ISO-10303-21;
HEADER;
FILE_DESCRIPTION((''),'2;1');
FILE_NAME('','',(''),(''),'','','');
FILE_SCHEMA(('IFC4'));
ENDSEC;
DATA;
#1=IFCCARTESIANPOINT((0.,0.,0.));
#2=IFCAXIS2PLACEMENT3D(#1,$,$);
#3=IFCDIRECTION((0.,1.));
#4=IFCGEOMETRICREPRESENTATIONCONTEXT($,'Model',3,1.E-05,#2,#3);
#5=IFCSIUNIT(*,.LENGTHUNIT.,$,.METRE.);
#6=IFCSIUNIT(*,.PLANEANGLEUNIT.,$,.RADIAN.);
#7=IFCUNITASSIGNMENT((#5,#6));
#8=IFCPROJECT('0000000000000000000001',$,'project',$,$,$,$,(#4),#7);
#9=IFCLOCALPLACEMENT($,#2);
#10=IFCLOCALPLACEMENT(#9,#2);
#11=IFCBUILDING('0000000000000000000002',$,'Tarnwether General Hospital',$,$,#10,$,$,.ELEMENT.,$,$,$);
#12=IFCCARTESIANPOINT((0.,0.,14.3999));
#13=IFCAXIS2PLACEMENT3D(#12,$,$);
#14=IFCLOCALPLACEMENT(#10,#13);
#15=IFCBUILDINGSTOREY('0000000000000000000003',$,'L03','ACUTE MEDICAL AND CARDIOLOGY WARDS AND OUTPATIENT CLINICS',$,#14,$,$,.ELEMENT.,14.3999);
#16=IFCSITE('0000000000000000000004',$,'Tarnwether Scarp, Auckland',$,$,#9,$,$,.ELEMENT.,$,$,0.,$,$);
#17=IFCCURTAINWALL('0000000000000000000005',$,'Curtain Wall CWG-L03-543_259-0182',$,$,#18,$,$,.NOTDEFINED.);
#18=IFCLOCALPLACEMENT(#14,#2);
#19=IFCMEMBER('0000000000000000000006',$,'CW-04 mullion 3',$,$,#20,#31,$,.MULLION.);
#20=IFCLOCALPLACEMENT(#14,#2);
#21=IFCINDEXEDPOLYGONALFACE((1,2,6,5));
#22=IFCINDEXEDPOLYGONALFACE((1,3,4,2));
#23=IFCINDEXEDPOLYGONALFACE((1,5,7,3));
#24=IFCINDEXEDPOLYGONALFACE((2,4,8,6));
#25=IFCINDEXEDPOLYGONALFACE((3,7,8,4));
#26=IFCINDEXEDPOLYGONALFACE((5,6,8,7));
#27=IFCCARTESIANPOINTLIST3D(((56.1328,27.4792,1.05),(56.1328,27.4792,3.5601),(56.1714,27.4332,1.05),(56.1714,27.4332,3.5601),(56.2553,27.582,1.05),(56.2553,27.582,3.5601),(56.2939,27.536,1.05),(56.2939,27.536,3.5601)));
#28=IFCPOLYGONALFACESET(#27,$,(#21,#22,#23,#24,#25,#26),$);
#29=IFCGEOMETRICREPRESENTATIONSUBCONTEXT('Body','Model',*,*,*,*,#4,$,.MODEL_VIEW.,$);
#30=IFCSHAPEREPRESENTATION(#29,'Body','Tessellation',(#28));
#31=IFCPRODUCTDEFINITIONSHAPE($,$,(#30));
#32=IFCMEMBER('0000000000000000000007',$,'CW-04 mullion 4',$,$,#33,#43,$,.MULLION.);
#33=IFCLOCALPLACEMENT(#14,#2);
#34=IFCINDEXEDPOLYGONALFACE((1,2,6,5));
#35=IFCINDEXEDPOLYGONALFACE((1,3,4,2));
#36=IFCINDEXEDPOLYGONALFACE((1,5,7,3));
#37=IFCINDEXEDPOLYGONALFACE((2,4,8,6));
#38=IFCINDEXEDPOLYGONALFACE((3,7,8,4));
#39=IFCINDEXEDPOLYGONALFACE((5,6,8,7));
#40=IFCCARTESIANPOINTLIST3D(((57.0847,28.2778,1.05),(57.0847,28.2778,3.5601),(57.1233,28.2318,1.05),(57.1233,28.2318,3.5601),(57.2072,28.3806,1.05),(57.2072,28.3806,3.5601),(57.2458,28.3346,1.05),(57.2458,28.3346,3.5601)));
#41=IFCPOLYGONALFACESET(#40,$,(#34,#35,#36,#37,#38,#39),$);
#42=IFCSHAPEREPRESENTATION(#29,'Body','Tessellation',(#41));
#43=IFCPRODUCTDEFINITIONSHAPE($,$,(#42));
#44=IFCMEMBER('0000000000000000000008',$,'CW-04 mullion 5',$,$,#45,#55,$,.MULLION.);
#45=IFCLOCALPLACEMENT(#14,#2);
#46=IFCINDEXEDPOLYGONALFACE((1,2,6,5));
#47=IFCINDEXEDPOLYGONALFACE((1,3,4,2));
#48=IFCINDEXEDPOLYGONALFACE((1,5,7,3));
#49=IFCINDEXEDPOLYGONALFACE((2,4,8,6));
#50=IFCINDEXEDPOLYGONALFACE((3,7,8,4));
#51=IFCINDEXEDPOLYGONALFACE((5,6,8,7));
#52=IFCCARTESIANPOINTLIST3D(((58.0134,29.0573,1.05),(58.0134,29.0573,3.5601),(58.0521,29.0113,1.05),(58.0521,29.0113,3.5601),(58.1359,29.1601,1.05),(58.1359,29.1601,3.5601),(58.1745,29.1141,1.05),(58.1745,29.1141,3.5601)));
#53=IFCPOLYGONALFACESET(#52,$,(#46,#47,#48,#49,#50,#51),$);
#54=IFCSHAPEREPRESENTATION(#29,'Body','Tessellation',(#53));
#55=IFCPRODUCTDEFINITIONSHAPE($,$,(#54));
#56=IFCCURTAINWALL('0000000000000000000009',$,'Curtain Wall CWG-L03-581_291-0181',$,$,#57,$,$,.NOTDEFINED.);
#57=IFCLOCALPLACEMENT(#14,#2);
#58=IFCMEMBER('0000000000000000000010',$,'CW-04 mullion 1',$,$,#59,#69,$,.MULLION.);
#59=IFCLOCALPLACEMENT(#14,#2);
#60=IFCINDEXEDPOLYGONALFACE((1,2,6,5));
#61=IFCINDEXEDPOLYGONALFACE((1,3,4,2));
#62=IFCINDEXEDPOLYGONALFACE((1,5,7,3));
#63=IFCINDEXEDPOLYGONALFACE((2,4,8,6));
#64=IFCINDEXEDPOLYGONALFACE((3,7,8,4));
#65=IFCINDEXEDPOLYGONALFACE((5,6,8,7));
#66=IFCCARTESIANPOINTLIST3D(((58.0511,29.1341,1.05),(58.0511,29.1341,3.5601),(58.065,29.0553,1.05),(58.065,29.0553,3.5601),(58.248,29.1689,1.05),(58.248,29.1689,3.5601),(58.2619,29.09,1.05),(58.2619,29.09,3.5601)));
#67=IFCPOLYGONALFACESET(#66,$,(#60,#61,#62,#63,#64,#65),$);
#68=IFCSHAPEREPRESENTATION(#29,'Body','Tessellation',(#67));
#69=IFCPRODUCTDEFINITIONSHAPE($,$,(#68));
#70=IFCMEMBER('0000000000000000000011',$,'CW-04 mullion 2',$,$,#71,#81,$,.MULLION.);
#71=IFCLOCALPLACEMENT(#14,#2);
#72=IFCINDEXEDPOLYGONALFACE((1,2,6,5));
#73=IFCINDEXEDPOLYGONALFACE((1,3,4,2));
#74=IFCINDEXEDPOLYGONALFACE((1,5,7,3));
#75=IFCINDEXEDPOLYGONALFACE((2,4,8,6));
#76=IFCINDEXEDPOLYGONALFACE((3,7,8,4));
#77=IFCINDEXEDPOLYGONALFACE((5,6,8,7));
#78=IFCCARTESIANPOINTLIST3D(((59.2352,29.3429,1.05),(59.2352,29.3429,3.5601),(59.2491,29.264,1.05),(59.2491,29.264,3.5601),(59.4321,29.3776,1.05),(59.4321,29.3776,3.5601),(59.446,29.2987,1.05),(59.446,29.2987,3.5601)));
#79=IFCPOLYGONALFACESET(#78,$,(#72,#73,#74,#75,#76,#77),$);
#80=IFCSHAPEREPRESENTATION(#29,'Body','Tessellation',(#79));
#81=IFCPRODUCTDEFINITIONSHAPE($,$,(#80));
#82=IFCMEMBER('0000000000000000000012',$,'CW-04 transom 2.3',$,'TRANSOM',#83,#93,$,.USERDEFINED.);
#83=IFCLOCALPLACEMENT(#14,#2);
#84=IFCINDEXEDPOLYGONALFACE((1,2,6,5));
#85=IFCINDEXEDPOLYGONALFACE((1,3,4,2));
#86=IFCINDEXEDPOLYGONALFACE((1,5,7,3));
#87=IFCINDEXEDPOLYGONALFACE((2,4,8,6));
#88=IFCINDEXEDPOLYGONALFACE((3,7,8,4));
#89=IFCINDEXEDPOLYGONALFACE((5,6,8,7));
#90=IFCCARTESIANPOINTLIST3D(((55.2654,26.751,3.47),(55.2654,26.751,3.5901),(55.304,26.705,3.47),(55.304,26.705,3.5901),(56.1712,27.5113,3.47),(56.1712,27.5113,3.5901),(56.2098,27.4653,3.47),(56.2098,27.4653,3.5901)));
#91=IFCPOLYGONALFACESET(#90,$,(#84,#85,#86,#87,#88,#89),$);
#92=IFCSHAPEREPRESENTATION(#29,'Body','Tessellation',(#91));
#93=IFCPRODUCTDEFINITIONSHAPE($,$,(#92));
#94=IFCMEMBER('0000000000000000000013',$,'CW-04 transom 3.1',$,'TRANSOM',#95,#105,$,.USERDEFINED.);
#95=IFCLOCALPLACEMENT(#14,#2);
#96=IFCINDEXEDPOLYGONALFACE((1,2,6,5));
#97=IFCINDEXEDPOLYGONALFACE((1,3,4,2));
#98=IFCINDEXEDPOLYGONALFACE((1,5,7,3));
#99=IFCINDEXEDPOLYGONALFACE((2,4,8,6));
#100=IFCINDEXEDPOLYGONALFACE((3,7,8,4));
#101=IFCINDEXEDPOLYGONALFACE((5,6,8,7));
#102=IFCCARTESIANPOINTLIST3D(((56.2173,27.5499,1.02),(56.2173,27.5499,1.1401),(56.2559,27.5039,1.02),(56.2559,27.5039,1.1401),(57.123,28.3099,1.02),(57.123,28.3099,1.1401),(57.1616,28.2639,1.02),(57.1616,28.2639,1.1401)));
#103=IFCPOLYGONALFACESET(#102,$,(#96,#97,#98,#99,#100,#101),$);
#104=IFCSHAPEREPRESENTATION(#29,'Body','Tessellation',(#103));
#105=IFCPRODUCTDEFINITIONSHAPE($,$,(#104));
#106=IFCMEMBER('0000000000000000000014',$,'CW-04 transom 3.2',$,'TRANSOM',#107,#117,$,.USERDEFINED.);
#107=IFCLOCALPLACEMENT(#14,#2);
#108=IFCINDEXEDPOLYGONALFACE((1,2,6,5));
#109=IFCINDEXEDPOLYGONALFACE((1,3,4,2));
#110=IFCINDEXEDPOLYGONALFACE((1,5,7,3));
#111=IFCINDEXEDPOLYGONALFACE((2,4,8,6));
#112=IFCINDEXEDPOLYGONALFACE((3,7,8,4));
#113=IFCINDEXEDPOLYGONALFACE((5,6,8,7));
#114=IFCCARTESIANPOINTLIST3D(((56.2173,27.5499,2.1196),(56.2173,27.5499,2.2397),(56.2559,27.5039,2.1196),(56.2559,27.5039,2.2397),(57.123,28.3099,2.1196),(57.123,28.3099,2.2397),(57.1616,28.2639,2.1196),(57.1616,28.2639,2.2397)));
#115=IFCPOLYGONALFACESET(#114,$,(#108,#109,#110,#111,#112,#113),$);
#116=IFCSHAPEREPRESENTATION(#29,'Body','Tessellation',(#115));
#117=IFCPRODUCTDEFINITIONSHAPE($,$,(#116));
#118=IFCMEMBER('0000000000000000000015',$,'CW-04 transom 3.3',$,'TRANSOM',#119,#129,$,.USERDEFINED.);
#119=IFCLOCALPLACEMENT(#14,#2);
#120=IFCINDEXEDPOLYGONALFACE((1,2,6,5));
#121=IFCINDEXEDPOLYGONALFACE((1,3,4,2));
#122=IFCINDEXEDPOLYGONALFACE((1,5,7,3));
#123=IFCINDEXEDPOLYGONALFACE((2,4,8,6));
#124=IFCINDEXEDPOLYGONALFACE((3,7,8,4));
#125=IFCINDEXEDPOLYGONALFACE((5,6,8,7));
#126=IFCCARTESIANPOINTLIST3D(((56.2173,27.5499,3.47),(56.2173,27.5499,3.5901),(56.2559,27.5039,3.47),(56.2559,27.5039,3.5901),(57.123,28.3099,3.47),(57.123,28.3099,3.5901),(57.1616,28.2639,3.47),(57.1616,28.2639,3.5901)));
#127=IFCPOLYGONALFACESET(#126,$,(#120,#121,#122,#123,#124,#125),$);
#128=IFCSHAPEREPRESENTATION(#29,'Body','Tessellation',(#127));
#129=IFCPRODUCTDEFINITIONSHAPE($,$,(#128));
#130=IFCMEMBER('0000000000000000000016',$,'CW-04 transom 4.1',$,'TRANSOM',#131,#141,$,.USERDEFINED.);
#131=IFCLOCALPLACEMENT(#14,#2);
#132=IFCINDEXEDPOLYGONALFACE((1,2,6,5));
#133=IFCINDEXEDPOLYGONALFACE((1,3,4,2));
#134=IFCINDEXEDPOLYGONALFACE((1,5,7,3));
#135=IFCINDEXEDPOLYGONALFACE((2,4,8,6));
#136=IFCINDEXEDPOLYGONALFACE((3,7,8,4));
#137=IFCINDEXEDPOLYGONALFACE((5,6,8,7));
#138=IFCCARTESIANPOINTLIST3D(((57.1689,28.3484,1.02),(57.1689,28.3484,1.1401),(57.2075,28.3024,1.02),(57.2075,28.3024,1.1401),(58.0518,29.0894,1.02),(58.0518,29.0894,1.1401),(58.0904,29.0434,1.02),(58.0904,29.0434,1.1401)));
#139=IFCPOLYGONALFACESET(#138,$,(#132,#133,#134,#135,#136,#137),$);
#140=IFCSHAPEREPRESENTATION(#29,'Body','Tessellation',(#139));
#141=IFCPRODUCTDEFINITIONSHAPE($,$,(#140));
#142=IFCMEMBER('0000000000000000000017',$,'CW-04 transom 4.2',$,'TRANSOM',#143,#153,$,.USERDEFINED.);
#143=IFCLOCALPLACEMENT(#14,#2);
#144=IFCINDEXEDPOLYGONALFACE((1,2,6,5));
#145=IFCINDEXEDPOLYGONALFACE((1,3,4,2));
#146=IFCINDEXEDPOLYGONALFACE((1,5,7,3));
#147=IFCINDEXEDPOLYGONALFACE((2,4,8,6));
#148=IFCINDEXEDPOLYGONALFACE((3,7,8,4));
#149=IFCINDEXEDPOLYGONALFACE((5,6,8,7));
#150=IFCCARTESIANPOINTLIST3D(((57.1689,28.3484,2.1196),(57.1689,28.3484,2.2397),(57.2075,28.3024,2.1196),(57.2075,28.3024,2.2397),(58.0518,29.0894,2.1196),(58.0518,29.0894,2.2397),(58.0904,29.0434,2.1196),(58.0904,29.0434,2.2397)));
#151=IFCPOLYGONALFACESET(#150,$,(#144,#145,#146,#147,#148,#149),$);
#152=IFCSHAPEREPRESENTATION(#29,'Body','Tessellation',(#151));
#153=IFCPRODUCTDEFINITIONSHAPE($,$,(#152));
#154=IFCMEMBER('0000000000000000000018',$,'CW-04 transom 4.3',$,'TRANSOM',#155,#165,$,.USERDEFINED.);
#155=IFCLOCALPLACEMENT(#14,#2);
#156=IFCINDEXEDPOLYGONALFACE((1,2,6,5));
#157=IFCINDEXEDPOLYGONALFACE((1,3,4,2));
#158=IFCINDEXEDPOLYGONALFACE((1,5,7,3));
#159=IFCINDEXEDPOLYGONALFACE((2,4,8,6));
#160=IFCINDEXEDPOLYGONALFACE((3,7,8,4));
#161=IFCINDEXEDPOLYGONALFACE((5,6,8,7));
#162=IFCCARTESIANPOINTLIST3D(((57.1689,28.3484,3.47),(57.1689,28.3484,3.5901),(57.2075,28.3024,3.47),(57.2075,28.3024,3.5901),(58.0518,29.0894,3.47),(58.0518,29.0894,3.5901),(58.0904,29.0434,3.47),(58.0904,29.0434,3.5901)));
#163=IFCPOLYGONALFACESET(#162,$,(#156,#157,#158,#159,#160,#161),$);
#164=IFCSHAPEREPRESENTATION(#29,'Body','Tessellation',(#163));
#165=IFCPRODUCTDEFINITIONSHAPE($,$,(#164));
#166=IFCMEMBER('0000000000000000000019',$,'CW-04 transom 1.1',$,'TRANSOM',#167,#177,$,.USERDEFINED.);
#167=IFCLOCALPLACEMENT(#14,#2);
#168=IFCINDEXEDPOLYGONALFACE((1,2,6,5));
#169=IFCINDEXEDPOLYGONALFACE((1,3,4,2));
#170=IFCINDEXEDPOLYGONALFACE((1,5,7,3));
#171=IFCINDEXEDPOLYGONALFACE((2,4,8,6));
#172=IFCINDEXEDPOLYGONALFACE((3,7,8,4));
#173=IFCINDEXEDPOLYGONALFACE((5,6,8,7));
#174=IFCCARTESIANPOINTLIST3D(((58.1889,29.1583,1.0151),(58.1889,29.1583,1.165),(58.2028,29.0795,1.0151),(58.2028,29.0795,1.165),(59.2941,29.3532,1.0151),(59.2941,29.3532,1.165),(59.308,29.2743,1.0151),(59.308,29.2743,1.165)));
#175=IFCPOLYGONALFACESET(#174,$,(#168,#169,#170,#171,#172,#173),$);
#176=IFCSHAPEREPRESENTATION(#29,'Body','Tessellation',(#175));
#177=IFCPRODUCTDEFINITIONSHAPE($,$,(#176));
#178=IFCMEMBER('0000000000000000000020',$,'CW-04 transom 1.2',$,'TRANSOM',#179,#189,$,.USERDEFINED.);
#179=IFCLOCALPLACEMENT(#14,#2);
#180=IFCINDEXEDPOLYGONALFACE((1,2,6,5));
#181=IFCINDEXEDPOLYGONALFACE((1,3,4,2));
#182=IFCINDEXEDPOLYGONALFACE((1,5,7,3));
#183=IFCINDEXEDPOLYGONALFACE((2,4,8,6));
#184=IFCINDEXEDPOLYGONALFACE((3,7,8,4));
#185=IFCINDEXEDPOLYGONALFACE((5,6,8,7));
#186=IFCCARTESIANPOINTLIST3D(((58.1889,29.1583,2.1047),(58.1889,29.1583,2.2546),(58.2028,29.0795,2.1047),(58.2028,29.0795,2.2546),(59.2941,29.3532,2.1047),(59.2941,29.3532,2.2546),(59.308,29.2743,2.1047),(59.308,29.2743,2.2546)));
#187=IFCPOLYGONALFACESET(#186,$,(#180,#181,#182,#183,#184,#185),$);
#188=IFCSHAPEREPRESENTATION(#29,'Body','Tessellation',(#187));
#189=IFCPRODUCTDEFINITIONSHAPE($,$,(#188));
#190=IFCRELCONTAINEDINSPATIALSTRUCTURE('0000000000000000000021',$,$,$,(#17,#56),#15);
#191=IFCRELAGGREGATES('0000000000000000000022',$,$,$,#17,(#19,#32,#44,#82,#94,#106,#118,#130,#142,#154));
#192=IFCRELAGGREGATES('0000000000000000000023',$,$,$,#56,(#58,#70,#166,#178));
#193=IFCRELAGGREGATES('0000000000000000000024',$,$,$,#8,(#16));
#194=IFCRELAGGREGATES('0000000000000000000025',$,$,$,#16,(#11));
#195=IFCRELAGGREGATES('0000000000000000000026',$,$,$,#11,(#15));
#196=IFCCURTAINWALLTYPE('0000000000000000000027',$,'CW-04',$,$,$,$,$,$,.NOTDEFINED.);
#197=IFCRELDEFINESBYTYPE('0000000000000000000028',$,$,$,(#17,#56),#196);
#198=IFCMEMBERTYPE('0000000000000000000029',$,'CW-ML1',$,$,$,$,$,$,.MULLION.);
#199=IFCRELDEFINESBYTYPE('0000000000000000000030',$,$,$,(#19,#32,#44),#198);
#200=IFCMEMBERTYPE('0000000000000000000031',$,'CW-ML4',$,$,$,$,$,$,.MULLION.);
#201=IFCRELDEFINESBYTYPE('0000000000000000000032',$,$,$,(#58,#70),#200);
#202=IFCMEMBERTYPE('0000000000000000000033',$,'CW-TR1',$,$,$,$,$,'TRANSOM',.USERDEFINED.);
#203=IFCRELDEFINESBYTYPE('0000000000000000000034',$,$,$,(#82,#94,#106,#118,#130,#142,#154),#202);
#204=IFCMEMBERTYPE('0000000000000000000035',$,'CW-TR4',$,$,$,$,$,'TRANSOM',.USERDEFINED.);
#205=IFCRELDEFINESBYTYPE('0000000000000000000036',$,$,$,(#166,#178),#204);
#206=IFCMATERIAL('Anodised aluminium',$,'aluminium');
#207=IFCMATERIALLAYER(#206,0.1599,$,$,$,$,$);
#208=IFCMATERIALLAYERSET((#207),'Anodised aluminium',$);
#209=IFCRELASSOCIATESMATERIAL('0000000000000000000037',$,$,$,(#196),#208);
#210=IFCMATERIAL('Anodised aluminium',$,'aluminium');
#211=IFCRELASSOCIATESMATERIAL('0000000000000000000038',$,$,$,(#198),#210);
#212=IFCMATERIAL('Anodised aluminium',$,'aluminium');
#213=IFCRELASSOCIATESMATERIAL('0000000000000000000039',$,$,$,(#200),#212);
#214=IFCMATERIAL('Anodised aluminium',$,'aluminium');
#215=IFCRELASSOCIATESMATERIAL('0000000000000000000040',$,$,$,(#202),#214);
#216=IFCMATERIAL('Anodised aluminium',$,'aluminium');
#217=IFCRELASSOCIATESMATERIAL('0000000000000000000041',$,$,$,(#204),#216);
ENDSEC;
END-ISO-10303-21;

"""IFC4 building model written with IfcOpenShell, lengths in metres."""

from ifc_helpers import new_model, si_unit, direction, frame, origin, origin_2d, place, context, subcontext, project, spatial, rectangle, extrude, material, layer, layer_set, material_profile, profile_set, type_object, element, aggregate, save


model = new_model("IFC4")

# Units and contexts
model_context = context("Model", 3, precision=1e-05, world=origin(), true_north=direction((0.0, 1.0)))
body_context = subcontext(model_context, "Body", "Model", "MODEL_VIEW")
ifc_project = project(units=[si_unit("LENGTHUNIT", "METRE"), si_unit("PLANEANGLEUNIT", "RADIAN")], contexts=[model_context])

# Site, building, storey
site_placement = place(None, origin())
site = spatial("IfcSite", under=ifc_project, at=site_placement, Name="Tarnwether Scarp, Auckland", CompositionType="ELEMENT", RefElevation=0.0)
building_placement = place(site_placement, origin())
building = spatial("IfcBuilding", under=site, at=building_placement, Name="Tarnwether General Hospital", CompositionType="ELEMENT")
storey_placement = place(building_placement, frame((0.0, 0.0, 14.3999)))
storey = spatial("IfcBuildingStorey", under=building, at=storey_placement, Name="L03", Description="ACUTE MEDICAL AND CARDIOLOGY WARDS AND OUTPATIENT CLINICS", CompositionType="ELEMENT", Elevation=14.3999)

# Curtain walls, members
ifc_material_1 = material(Name="Anodised aluminium", Category="aluminium")
ifc_layer_1 = layer(ifc_material_1, 0.1599)
ifc_layer_set_1 = layer_set([ifc_layer_1], Name="Anodised aluminium")
curtain_wall_type = type_object("IfcCurtainWallType", Name="CW-04", PredefinedType="NOTDEFINED", material=ifc_layer_set_1)
curtain_wall_1_placement = place(storey_placement, origin())
curtain_wall_1 = element("IfcCurtainWall", 1, at=curtain_wall_1_placement, inside=storey, type_object=curtain_wall_type, Name="Curtain Wall CWG-L03-543_259-0182", PredefinedType="NOTDEFINED")
ifc_material_2 = material(Name="Anodised aluminium", Category="aluminium")
ifc_material_profile_1 = material_profile(ifc_material_2, rectangle(XDim=0.0601, YDim=0.1599, at=origin_2d()), Name="ALU-MUL-60x160")
ifc_profile_set_1 = profile_set([ifc_material_profile_1], Name="Anodised aluminium")
member_type_1 = type_object("IfcMemberType", Name="CW-ML1", PredefinedType="MULLION", material=ifc_profile_set_1)
member_1_placement = place(storey_placement, frame((56.2134, 27.5076, 1.05), z_axis=(0.0, 0.0, 1.0), x_axis=(-0.642852, 0.76599, 0.0)))
member_1 = element("IfcMember", 2, at=member_1_placement, type_object=member_type_1, Name="CW-04 mullion 3", PredefinedType="MULLION", context=body_context, shape_type="SweptSolid", body=[
    extrude(rectangle(XDim=0.0601, YDim=0.1599, at=origin_2d()), origin(), (0.0, 0.0, 1.0), 2.51),
])
member_2_placement = place(storey_placement, frame((57.1653, 28.3062, 1.05), z_axis=(0.0, 0.0, 1.0), x_axis=(-0.642852, 0.76599, 0.0)))
member_2 = element("IfcMember", 3, at=member_2_placement, type_object=member_type_1, Name="CW-04 mullion 4", PredefinedType="MULLION", context=body_context, shape_type="SweptSolid", body=[
    extrude(rectangle(XDim=0.0601, YDim=0.1599, at=origin_2d()), origin(), (0.0, 0.0, 1.0), 2.51),
])
member_3_placement = place(storey_placement, frame((58.094, 29.0857, 1.05), z_axis=(0.0, 0.0, 1.0), x_axis=(-0.642852, 0.76599, 0.0)))
member_3 = element("IfcMember", 4, at=member_3_placement, type_object=member_type_1, Name="CW-04 mullion 5", PredefinedType="MULLION", context=body_context, shape_type="SweptSolid", body=[
    extrude(rectangle(XDim=0.0601, YDim=0.1599, at=origin_2d()), origin(), (0.0, 0.0, 1.0), 2.51),
])
curtain_wall_2_placement = place(storey_placement, origin())
curtain_wall_2 = element("IfcCurtainWall", 5, at=curtain_wall_2_placement, inside=storey, type_object=curtain_wall_type, Name="Curtain Wall CWG-L03-581_291-0181", PredefinedType="NOTDEFINED")
ifc_material_3 = material(Name="Anodised aluminium", Category="aluminium")
ifc_material_profile_2 = material_profile(ifc_material_3, rectangle(XDim=0.0801, YDim=0.2, at=origin_2d()), Name="ALU-MUL-80x200")
ifc_profile_set_2 = profile_set([ifc_material_profile_2], Name="Anodised aluminium")
member_type_2 = type_object("IfcMemberType", Name="CW-ML4", PredefinedType="MULLION", material=ifc_profile_set_2)
member_4_placement = place(storey_placement, frame((58.1565, 29.1121, 1.05), z_axis=(0.0, 0.0, 1.0), x_axis=(-0.173659, 0.984806, 0.0)))
member_4 = element("IfcMember", 6, at=member_4_placement, type_object=member_type_2, Name="CW-04 mullion 1", PredefinedType="MULLION", context=body_context, shape_type="SweptSolid", body=[
    extrude(rectangle(XDim=0.0801, YDim=0.2, at=origin_2d()), origin(), (0.0, 0.0, 1.0), 2.51),
])
member_5_placement = place(storey_placement, frame((59.3406, 29.3208, 1.05), z_axis=(0.0, 0.0, 1.0), x_axis=(-0.173659, 0.984806, 0.0)))
member_5 = element("IfcMember", 7, at=member_5_placement, type_object=member_type_2, Name="CW-04 mullion 2", PredefinedType="MULLION", context=body_context, shape_type="SweptSolid", body=[
    extrude(rectangle(XDim=0.0801, YDim=0.2, at=origin_2d()), origin(), (0.0, 0.0, 1.0), 2.51),
])

# Members
ifc_material_4 = material(Name="Anodised aluminium", Category="aluminium")
ifc_material_profile_3 = material_profile(ifc_material_4, rectangle(XDim=0.0601, YDim=0.1201, at=origin_2d()), Name="ALU-TRN-60x120")
ifc_profile_set_3 = profile_set([ifc_material_profile_3], Name="Anodised aluminium")
member_type_3 = type_object("IfcMemberType", Name="CW-TR1", ElementType="TRANSOM", PredefinedType="USERDEFINED", material=ifc_profile_set_3)
member_6_placement = place(storey_placement, frame((55.2847, 26.728, 3.53), z_axis=(0.765949, 0.642902, 0.0), x_axis=(-0.642902, 0.765949, 0.0)))
member_6 = element("IfcMember", 8, at=member_6_placement, type_object=member_type_3, Name="CW-04 transom 2.3", ObjectType="TRANSOM", PredefinedType="USERDEFINED", context=body_context, shape_type="SweptSolid", body=[
    extrude(rectangle(XDim=0.0601, YDim=0.1201, at=origin_2d()), origin(), (0.0, 0.0, 1.0), 1.1826),
])
member_7_placement = place(storey_placement, frame((56.2366, 27.5269, 1.0801), z_axis=(0.766051, 0.64278, 0.0), x_axis=(-0.64278, 0.766051, 0.0)))
member_7 = element("IfcMember", 9, at=member_7_placement, type_object=member_type_3, Name="CW-04 transom 3.1", ObjectType="TRANSOM", PredefinedType="USERDEFINED", context=body_context, shape_type="SweptSolid", body=[
    extrude(rectangle(XDim=0.0601, YDim=0.1201, at=origin_2d()), origin(), (0.0, 0.0, 1.0), 1.1824),
])
member_8_placement = place(storey_placement, frame((56.2366, 27.5269, 2.1797), z_axis=(0.766051, 0.64278, 0.0), x_axis=(-0.64278, 0.766051, 0.0)))
member_8 = element("IfcMember", 10, at=member_8_placement, type_object=member_type_3, Name="CW-04 transom 3.2", ObjectType="TRANSOM", PredefinedType="USERDEFINED", context=body_context, shape_type="SweptSolid", body=[
    extrude(rectangle(XDim=0.0601, YDim=0.1201, at=origin_2d()), origin(), (0.0, 0.0, 1.0), 1.1824),
])
member_9_placement = place(storey_placement, frame((56.2366, 27.5269, 3.53), z_axis=(0.766051, 0.64278, 0.0), x_axis=(-0.64278, 0.766051, 0.0)))
member_9 = element("IfcMember", 11, at=member_9_placement, type_object=member_type_3, Name="CW-04 transom 3.3", ObjectType="TRANSOM", PredefinedType="USERDEFINED", context=body_context, shape_type="SweptSolid", body=[
    extrude(rectangle(XDim=0.0601, YDim=0.1201, at=origin_2d()), origin(), (0.0, 0.0, 1.0), 1.1824),
])
member_10_placement = place(storey_placement, frame((57.1882, 28.3254, 1.0801), z_axis=(0.765959, 0.642889, 0.0), x_axis=(-0.642889, 0.765959, 0.0)))
member_10 = element("IfcMember", 12, at=member_10_placement, type_object=member_type_3, Name="CW-04 transom 4.1", ObjectType="TRANSOM", PredefinedType="USERDEFINED", context=body_context, shape_type="SweptSolid", body=[
    extrude(rectangle(XDim=0.0601, YDim=0.1201, at=origin_2d()), origin(), (0.0, 0.0, 1.0), 1.1526),
])
member_11_placement = place(storey_placement, frame((57.1882, 28.3254, 2.1797), z_axis=(0.765959, 0.642889, 0.0), x_axis=(-0.642889, 0.765959, 0.0)))
member_11 = element("IfcMember", 13, at=member_11_placement, type_object=member_type_3, Name="CW-04 transom 4.2", ObjectType="TRANSOM", PredefinedType="USERDEFINED", context=body_context, shape_type="SweptSolid", body=[
    extrude(rectangle(XDim=0.0601, YDim=0.1201, at=origin_2d()), origin(), (0.0, 0.0, 1.0), 1.1526),
])
member_12_placement = place(storey_placement, frame((57.1882, 28.3254, 3.53), z_axis=(0.765959, 0.642889, 0.0), x_axis=(-0.642889, 0.765959, 0.0)))
member_12 = element("IfcMember", 14, at=member_12_placement, type_object=member_type_3, Name="CW-04 transom 4.3", ObjectType="TRANSOM", PredefinedType="USERDEFINED", context=body_context, shape_type="SweptSolid", body=[
    extrude(rectangle(XDim=0.0601, YDim=0.1201, at=origin_2d()), origin(), (0.0, 0.0, 1.0), 1.1526),
])
ifc_material_5 = material(Name="Anodised aluminium", Category="aluminium")
ifc_material_profile_4 = material_profile(ifc_material_5, rectangle(XDim=0.0801, YDim=0.1499, at=origin_2d()), Name="ALU-TRN-80x150")
ifc_profile_set_4 = profile_set([ifc_material_profile_4], Name="Anodised aluminium")
member_type_4 = type_object("IfcMemberType", Name="CW-TR4", ElementType="TRANSOM", PredefinedType="USERDEFINED", material=ifc_profile_set_4)
member_13_placement = place(storey_placement, frame((58.1958, 29.1189, 1.0901), z_axis=(0.984816, 0.173599, 0.0), x_axis=(-0.173599, 0.984816, 0.0)))
member_13 = element("IfcMember", 15, at=member_13_placement, type_object=member_type_4, Name="CW-04 transom 1.1", ObjectType="TRANSOM", PredefinedType="USERDEFINED", context=body_context, shape_type="SweptSolid", body=[
    extrude(rectangle(XDim=0.0801, YDim=0.1499, at=origin_2d()), origin(), (0.0, 0.0, 1.0), 1.1223),
])
member_14_placement = place(storey_placement, frame((58.1958, 29.1189, 2.1797), z_axis=(0.984816, 0.173599, 0.0), x_axis=(-0.173599, 0.984816, 0.0)))
member_14 = element("IfcMember", 16, at=member_14_placement, type_object=member_type_4, Name="CW-04 transom 1.2", ObjectType="TRANSOM", PredefinedType="USERDEFINED", context=body_context, shape_type="SweptSolid", body=[
    extrude(rectangle(XDim=0.0801, YDim=0.1499, at=origin_2d()), origin(), (0.0, 0.0, 1.0), 1.1223),
])

aggregate(curtain_wall_1, [member_1, member_2, member_3, member_6, member_7, member_8, member_9, member_10, member_11, member_12])
aggregate(curtain_wall_2, [member_4, member_5, member_13, member_14])

save(model, "model.ifc")
